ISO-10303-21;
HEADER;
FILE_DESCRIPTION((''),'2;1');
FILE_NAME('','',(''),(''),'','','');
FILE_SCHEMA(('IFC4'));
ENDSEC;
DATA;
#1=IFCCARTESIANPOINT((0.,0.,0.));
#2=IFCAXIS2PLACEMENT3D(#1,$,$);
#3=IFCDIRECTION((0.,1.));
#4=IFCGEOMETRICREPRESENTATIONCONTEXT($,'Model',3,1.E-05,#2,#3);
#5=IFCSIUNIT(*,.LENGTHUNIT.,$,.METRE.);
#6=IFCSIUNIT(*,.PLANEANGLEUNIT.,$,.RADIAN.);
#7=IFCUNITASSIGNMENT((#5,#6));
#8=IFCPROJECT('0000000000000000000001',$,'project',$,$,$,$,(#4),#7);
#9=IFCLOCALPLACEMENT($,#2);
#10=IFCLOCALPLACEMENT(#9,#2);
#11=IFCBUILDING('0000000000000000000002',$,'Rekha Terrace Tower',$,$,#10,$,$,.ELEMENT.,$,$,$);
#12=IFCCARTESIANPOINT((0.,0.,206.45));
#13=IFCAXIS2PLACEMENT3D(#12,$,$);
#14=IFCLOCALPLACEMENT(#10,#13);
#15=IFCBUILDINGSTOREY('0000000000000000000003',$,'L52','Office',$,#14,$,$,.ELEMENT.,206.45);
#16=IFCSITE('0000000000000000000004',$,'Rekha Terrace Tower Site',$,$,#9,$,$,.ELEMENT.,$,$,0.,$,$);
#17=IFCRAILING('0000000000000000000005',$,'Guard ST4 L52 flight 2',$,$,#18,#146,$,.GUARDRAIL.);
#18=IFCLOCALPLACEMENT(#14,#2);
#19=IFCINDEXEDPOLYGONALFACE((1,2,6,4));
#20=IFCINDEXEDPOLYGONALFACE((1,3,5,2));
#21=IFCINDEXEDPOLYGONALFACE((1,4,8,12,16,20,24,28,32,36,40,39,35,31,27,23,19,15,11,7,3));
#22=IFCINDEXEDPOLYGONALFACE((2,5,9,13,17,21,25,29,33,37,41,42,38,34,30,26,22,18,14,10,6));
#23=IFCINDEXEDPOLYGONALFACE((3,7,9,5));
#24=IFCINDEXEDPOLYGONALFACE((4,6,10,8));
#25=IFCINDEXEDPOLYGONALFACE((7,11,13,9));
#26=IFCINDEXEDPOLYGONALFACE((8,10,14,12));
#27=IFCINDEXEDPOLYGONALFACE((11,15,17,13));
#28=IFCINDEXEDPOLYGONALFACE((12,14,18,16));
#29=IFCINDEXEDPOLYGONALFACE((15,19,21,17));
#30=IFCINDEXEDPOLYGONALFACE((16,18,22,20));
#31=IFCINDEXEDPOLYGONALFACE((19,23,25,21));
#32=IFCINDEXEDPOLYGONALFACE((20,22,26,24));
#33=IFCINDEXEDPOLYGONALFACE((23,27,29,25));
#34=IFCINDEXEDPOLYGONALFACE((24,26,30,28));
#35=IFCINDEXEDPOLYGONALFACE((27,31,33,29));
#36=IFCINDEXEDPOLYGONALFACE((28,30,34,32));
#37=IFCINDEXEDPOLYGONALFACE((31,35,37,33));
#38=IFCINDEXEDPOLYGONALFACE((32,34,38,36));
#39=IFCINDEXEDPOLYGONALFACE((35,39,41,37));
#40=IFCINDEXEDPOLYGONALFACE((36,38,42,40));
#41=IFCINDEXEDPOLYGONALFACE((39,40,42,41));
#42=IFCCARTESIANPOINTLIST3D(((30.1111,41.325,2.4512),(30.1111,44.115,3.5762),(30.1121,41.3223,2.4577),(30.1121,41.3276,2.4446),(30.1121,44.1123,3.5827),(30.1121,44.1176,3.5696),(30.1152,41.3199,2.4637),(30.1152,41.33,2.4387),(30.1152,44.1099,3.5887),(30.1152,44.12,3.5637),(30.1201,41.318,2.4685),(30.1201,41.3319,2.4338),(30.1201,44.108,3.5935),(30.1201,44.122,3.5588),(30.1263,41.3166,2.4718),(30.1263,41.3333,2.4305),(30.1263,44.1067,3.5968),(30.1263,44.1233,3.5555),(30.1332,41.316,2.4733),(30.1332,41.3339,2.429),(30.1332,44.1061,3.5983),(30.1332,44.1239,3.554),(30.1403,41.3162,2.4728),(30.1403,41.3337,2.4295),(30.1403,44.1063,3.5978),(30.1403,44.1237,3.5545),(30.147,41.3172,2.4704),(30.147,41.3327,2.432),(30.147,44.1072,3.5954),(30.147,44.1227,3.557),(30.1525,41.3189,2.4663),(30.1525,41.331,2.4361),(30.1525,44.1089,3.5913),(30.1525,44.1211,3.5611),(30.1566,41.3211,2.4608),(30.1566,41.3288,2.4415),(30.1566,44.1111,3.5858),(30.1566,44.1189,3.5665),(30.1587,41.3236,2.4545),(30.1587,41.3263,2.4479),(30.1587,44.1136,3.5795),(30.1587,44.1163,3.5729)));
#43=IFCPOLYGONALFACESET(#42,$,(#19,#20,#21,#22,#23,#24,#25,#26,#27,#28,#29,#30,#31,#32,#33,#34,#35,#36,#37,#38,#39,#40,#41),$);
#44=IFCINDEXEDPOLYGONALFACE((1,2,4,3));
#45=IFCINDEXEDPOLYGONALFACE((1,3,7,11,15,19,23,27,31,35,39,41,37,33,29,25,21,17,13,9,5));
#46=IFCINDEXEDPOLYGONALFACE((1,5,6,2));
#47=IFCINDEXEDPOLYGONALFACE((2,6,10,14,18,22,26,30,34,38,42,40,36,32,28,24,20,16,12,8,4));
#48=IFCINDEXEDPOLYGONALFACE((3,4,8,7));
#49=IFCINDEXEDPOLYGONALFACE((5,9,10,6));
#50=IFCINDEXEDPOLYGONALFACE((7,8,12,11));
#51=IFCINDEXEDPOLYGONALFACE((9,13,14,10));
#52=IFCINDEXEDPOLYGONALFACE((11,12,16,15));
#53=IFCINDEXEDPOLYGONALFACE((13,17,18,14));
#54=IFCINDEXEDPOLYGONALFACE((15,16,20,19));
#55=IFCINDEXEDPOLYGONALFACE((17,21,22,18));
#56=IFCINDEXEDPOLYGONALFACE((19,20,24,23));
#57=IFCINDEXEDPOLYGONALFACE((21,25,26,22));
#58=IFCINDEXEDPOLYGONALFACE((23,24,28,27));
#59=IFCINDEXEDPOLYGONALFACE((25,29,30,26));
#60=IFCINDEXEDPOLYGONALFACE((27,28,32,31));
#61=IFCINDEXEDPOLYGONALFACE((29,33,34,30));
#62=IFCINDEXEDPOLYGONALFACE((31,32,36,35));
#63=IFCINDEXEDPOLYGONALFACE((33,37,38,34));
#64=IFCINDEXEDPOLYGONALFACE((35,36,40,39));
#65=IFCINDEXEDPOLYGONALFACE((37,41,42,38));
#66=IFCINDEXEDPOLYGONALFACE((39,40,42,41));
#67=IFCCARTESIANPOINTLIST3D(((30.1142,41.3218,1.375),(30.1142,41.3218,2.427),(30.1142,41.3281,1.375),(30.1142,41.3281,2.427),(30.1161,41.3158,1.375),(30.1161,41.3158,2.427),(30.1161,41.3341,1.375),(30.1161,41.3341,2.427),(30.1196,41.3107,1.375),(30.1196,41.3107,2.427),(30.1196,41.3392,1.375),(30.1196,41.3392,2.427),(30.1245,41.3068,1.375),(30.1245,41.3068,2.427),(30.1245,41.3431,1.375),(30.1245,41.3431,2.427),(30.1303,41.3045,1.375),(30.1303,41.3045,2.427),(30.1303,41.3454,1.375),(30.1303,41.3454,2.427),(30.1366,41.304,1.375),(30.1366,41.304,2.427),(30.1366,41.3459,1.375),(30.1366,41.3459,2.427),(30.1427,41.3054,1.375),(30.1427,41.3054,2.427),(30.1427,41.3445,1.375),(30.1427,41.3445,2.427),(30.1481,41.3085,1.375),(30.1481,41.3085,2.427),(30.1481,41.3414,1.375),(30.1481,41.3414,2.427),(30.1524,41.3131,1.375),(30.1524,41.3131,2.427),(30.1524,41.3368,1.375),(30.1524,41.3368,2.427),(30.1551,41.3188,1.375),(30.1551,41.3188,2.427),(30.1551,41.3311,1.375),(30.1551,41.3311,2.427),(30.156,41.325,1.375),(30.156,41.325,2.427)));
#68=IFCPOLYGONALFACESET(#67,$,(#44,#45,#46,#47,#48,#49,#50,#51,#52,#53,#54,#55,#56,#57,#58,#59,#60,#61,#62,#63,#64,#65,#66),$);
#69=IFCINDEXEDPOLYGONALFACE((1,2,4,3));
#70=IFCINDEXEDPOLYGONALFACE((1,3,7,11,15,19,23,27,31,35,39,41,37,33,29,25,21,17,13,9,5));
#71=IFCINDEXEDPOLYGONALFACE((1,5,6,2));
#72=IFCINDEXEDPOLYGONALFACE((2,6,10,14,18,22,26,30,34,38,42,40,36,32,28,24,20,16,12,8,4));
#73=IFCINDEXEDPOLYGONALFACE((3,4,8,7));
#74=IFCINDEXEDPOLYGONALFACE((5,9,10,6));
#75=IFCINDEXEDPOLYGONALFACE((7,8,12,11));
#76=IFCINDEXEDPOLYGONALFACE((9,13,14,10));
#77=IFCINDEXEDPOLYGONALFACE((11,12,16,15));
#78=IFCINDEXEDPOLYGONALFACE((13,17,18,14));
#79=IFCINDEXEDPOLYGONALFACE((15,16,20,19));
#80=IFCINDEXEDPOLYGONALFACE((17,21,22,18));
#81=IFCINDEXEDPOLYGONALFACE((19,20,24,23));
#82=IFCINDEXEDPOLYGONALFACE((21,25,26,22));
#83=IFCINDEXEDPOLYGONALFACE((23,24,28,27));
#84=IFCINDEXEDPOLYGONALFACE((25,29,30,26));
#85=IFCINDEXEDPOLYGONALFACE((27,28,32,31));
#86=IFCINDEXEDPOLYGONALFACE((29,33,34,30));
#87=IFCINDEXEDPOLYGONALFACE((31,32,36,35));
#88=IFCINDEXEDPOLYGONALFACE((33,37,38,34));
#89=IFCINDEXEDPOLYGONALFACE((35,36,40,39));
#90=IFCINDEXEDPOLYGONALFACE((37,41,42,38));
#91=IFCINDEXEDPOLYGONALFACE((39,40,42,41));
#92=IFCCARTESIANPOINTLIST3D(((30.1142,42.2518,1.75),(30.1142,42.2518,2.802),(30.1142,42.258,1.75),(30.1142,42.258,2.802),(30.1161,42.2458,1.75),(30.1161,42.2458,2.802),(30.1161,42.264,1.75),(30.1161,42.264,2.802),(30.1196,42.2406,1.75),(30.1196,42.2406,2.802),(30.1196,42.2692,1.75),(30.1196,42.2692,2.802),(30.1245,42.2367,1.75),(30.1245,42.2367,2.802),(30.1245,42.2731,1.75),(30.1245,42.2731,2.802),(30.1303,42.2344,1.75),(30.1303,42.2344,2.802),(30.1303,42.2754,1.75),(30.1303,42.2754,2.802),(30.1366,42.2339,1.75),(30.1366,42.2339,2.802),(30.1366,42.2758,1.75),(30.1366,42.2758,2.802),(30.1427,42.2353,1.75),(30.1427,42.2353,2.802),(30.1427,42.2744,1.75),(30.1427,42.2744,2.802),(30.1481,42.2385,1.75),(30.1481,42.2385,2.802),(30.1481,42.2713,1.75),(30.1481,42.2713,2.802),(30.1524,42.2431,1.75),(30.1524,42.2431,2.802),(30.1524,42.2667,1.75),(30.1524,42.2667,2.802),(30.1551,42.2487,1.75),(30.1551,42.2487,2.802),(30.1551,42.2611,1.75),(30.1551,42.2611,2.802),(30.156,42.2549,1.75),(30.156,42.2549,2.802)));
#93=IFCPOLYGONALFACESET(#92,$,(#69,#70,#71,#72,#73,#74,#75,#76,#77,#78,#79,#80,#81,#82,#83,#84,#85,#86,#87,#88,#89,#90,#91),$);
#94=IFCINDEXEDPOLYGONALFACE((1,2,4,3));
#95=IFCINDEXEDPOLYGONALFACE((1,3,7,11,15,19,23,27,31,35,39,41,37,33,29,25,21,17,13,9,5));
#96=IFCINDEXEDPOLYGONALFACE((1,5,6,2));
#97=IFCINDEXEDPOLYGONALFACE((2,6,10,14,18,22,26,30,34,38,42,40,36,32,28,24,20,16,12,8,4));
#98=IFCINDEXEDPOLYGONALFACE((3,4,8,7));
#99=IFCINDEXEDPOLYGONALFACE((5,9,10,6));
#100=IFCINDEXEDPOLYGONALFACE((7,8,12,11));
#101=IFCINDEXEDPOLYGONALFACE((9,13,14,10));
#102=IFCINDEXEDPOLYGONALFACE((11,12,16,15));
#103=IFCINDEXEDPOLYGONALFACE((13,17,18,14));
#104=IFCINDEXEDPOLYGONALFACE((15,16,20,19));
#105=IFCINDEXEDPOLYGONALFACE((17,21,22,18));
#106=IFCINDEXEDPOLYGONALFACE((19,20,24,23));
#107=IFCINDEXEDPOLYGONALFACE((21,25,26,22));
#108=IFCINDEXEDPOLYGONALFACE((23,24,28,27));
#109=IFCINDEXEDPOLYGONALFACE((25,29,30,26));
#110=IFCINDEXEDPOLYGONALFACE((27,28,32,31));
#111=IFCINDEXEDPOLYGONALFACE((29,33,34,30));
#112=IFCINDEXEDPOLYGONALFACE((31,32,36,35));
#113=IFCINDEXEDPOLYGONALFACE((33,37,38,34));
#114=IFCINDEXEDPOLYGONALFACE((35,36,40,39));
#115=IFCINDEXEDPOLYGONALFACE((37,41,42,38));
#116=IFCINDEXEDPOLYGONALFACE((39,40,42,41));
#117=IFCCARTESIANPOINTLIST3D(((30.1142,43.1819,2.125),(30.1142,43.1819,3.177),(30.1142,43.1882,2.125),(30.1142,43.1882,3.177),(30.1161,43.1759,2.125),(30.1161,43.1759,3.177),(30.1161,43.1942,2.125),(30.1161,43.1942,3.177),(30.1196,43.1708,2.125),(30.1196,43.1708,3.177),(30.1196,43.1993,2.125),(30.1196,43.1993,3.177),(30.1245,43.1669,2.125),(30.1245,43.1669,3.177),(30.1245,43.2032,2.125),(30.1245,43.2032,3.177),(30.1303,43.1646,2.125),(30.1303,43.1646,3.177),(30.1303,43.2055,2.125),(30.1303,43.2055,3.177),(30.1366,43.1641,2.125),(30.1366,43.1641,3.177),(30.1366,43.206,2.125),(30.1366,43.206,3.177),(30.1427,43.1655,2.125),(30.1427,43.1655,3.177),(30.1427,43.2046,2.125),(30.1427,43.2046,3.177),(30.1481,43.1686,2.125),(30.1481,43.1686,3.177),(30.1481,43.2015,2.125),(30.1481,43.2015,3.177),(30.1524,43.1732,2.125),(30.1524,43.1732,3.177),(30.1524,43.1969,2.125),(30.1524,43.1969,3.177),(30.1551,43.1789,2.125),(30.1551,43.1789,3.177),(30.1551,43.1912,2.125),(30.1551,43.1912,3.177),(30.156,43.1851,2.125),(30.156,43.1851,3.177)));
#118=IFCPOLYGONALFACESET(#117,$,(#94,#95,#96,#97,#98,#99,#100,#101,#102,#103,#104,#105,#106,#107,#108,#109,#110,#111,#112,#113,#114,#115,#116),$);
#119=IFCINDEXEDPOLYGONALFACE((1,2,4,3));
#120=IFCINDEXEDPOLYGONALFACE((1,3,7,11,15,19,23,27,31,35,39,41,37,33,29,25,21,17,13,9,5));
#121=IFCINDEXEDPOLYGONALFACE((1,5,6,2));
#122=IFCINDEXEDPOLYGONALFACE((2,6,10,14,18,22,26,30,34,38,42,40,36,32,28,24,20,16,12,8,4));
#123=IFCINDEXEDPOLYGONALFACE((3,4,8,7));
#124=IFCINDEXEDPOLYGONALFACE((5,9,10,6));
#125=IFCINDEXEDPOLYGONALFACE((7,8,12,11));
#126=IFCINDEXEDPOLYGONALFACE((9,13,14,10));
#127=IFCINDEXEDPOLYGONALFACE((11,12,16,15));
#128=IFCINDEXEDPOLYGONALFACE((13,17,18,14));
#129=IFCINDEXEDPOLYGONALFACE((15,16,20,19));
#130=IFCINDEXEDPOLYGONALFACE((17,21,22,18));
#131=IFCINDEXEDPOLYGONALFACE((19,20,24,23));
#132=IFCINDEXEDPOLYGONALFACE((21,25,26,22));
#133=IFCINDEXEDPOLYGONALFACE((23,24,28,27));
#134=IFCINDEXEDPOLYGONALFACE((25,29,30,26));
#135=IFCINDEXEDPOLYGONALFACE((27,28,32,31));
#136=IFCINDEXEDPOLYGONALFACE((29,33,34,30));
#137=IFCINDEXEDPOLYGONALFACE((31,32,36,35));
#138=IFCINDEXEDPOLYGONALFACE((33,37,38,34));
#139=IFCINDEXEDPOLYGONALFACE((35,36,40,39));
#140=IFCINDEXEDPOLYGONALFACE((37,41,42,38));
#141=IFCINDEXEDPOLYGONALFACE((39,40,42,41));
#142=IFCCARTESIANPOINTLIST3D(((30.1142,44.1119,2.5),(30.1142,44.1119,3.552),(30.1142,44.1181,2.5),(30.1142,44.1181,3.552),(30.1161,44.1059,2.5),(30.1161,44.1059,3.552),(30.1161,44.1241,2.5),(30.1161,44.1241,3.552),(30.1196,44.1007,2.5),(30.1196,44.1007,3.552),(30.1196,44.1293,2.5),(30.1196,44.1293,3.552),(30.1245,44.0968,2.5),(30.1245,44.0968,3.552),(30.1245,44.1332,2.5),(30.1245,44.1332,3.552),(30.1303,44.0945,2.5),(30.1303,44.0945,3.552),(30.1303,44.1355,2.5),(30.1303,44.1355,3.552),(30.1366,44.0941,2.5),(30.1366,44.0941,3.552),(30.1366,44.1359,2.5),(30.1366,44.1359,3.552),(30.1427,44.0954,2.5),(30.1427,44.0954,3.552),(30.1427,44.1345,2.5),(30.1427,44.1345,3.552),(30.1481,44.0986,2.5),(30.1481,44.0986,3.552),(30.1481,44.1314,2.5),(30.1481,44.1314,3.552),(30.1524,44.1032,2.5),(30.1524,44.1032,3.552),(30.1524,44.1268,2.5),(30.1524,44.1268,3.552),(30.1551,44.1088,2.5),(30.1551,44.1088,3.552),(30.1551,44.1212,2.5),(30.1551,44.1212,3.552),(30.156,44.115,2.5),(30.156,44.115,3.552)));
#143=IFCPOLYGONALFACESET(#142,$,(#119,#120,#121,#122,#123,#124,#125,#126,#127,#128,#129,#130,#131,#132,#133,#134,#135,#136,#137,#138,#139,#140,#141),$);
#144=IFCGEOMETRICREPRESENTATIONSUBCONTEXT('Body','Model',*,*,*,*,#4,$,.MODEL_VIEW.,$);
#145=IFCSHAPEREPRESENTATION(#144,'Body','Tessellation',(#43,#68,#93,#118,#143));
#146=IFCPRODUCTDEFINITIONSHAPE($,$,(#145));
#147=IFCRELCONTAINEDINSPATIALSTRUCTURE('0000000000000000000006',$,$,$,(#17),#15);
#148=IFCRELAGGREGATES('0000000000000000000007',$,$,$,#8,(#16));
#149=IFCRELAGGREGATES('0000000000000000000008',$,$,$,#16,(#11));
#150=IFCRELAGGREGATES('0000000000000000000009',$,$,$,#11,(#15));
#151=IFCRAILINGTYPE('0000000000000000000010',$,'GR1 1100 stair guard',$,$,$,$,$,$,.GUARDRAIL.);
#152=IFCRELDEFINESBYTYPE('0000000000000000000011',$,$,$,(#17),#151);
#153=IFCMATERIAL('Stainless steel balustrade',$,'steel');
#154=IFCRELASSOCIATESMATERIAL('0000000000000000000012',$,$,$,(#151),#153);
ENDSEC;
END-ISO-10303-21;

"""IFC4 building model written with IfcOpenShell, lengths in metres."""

from ifc_helpers import new_model, si_unit, direction, frame, origin, origin_2d, place, context, subcontext, project, spatial, circle, extrude, material, type_object, element, save


model = new_model("IFC4")

# Units and contexts
model_context = context("Model", 3, precision=1e-05, world=origin(), true_north=direction((0.0, 1.0)))
body_context = subcontext(model_context, "Body", "Model", "MODEL_VIEW")
ifc_project = project(units=[si_unit("LENGTHUNIT", "METRE"), si_unit("PLANEANGLEUNIT", "RADIAN")], contexts=[model_context])

# Site, building, storey
site_placement = place(None, origin())
site = spatial("IfcSite", under=ifc_project, at=site_placement, Name="Rekha Terrace Tower Site", CompositionType="ELEMENT", RefElevation=0.0)
building_placement = place(site_placement, origin())
building = spatial("IfcBuilding", under=site, at=building_placement, Name="Rekha Terrace Tower", CompositionType="ELEMENT")
storey_placement = place(building_placement, frame((0.0, 0.0, 206.45)))
storey = spatial("IfcBuildingStorey", under=building, at=storey_placement, Name="L52", Description="Office", CompositionType="ELEMENT", Elevation=206.45)

# Railing
ifc_material_1 = material(Name="Stainless steel balustrade", Category="steel")
railing_type_1 = type_object("IfcRailingType", Name="GR1 1100 stair guard", PredefinedType="GUARDRAIL", material=ifc_material_1)
railing_1_placement = place(storey_placement, frame((30.135, 41.325, 1.375)))
element("IfcRailing", 1, at=railing_1_placement, inside=storey, type_object=railing_type_1, Name="Guard ST4 L52 flight 2", PredefinedType="GUARDRAIL", context=body_context, shape_type="SweptSolid", body=[
    extrude(circle(Radius=0.0239, at=origin_2d()), frame((0.0, 0.0, 1.0762), z_axis=(0.0, 0.927443, 0.373964), x_axis=(-1.0, 0.0, 0.0)), (0.0, 0.0, 1.0), 3.0083),
    extrude(circle(Radius=0.021, at=origin_2d()), origin(), (0.0, 0.0, 1.0), 1.052),
    extrude(circle(Radius=0.021, at=origin_2d()), frame((0.0, 0.9299, 0.375)), (0.0, 0.0, 1.0), 1.052),
    extrude(circle(Radius=0.021, at=origin_2d()), frame((0.0, 1.8601, 0.75)), (0.0, 0.0, 1.0), 1.052),
    extrude(circle(Radius=0.021, at=origin_2d()), frame((0.0, 2.79, 1.125)), (0.0, 0.0, 1.0), 1.052),
])

save(model, "model.ifc")
